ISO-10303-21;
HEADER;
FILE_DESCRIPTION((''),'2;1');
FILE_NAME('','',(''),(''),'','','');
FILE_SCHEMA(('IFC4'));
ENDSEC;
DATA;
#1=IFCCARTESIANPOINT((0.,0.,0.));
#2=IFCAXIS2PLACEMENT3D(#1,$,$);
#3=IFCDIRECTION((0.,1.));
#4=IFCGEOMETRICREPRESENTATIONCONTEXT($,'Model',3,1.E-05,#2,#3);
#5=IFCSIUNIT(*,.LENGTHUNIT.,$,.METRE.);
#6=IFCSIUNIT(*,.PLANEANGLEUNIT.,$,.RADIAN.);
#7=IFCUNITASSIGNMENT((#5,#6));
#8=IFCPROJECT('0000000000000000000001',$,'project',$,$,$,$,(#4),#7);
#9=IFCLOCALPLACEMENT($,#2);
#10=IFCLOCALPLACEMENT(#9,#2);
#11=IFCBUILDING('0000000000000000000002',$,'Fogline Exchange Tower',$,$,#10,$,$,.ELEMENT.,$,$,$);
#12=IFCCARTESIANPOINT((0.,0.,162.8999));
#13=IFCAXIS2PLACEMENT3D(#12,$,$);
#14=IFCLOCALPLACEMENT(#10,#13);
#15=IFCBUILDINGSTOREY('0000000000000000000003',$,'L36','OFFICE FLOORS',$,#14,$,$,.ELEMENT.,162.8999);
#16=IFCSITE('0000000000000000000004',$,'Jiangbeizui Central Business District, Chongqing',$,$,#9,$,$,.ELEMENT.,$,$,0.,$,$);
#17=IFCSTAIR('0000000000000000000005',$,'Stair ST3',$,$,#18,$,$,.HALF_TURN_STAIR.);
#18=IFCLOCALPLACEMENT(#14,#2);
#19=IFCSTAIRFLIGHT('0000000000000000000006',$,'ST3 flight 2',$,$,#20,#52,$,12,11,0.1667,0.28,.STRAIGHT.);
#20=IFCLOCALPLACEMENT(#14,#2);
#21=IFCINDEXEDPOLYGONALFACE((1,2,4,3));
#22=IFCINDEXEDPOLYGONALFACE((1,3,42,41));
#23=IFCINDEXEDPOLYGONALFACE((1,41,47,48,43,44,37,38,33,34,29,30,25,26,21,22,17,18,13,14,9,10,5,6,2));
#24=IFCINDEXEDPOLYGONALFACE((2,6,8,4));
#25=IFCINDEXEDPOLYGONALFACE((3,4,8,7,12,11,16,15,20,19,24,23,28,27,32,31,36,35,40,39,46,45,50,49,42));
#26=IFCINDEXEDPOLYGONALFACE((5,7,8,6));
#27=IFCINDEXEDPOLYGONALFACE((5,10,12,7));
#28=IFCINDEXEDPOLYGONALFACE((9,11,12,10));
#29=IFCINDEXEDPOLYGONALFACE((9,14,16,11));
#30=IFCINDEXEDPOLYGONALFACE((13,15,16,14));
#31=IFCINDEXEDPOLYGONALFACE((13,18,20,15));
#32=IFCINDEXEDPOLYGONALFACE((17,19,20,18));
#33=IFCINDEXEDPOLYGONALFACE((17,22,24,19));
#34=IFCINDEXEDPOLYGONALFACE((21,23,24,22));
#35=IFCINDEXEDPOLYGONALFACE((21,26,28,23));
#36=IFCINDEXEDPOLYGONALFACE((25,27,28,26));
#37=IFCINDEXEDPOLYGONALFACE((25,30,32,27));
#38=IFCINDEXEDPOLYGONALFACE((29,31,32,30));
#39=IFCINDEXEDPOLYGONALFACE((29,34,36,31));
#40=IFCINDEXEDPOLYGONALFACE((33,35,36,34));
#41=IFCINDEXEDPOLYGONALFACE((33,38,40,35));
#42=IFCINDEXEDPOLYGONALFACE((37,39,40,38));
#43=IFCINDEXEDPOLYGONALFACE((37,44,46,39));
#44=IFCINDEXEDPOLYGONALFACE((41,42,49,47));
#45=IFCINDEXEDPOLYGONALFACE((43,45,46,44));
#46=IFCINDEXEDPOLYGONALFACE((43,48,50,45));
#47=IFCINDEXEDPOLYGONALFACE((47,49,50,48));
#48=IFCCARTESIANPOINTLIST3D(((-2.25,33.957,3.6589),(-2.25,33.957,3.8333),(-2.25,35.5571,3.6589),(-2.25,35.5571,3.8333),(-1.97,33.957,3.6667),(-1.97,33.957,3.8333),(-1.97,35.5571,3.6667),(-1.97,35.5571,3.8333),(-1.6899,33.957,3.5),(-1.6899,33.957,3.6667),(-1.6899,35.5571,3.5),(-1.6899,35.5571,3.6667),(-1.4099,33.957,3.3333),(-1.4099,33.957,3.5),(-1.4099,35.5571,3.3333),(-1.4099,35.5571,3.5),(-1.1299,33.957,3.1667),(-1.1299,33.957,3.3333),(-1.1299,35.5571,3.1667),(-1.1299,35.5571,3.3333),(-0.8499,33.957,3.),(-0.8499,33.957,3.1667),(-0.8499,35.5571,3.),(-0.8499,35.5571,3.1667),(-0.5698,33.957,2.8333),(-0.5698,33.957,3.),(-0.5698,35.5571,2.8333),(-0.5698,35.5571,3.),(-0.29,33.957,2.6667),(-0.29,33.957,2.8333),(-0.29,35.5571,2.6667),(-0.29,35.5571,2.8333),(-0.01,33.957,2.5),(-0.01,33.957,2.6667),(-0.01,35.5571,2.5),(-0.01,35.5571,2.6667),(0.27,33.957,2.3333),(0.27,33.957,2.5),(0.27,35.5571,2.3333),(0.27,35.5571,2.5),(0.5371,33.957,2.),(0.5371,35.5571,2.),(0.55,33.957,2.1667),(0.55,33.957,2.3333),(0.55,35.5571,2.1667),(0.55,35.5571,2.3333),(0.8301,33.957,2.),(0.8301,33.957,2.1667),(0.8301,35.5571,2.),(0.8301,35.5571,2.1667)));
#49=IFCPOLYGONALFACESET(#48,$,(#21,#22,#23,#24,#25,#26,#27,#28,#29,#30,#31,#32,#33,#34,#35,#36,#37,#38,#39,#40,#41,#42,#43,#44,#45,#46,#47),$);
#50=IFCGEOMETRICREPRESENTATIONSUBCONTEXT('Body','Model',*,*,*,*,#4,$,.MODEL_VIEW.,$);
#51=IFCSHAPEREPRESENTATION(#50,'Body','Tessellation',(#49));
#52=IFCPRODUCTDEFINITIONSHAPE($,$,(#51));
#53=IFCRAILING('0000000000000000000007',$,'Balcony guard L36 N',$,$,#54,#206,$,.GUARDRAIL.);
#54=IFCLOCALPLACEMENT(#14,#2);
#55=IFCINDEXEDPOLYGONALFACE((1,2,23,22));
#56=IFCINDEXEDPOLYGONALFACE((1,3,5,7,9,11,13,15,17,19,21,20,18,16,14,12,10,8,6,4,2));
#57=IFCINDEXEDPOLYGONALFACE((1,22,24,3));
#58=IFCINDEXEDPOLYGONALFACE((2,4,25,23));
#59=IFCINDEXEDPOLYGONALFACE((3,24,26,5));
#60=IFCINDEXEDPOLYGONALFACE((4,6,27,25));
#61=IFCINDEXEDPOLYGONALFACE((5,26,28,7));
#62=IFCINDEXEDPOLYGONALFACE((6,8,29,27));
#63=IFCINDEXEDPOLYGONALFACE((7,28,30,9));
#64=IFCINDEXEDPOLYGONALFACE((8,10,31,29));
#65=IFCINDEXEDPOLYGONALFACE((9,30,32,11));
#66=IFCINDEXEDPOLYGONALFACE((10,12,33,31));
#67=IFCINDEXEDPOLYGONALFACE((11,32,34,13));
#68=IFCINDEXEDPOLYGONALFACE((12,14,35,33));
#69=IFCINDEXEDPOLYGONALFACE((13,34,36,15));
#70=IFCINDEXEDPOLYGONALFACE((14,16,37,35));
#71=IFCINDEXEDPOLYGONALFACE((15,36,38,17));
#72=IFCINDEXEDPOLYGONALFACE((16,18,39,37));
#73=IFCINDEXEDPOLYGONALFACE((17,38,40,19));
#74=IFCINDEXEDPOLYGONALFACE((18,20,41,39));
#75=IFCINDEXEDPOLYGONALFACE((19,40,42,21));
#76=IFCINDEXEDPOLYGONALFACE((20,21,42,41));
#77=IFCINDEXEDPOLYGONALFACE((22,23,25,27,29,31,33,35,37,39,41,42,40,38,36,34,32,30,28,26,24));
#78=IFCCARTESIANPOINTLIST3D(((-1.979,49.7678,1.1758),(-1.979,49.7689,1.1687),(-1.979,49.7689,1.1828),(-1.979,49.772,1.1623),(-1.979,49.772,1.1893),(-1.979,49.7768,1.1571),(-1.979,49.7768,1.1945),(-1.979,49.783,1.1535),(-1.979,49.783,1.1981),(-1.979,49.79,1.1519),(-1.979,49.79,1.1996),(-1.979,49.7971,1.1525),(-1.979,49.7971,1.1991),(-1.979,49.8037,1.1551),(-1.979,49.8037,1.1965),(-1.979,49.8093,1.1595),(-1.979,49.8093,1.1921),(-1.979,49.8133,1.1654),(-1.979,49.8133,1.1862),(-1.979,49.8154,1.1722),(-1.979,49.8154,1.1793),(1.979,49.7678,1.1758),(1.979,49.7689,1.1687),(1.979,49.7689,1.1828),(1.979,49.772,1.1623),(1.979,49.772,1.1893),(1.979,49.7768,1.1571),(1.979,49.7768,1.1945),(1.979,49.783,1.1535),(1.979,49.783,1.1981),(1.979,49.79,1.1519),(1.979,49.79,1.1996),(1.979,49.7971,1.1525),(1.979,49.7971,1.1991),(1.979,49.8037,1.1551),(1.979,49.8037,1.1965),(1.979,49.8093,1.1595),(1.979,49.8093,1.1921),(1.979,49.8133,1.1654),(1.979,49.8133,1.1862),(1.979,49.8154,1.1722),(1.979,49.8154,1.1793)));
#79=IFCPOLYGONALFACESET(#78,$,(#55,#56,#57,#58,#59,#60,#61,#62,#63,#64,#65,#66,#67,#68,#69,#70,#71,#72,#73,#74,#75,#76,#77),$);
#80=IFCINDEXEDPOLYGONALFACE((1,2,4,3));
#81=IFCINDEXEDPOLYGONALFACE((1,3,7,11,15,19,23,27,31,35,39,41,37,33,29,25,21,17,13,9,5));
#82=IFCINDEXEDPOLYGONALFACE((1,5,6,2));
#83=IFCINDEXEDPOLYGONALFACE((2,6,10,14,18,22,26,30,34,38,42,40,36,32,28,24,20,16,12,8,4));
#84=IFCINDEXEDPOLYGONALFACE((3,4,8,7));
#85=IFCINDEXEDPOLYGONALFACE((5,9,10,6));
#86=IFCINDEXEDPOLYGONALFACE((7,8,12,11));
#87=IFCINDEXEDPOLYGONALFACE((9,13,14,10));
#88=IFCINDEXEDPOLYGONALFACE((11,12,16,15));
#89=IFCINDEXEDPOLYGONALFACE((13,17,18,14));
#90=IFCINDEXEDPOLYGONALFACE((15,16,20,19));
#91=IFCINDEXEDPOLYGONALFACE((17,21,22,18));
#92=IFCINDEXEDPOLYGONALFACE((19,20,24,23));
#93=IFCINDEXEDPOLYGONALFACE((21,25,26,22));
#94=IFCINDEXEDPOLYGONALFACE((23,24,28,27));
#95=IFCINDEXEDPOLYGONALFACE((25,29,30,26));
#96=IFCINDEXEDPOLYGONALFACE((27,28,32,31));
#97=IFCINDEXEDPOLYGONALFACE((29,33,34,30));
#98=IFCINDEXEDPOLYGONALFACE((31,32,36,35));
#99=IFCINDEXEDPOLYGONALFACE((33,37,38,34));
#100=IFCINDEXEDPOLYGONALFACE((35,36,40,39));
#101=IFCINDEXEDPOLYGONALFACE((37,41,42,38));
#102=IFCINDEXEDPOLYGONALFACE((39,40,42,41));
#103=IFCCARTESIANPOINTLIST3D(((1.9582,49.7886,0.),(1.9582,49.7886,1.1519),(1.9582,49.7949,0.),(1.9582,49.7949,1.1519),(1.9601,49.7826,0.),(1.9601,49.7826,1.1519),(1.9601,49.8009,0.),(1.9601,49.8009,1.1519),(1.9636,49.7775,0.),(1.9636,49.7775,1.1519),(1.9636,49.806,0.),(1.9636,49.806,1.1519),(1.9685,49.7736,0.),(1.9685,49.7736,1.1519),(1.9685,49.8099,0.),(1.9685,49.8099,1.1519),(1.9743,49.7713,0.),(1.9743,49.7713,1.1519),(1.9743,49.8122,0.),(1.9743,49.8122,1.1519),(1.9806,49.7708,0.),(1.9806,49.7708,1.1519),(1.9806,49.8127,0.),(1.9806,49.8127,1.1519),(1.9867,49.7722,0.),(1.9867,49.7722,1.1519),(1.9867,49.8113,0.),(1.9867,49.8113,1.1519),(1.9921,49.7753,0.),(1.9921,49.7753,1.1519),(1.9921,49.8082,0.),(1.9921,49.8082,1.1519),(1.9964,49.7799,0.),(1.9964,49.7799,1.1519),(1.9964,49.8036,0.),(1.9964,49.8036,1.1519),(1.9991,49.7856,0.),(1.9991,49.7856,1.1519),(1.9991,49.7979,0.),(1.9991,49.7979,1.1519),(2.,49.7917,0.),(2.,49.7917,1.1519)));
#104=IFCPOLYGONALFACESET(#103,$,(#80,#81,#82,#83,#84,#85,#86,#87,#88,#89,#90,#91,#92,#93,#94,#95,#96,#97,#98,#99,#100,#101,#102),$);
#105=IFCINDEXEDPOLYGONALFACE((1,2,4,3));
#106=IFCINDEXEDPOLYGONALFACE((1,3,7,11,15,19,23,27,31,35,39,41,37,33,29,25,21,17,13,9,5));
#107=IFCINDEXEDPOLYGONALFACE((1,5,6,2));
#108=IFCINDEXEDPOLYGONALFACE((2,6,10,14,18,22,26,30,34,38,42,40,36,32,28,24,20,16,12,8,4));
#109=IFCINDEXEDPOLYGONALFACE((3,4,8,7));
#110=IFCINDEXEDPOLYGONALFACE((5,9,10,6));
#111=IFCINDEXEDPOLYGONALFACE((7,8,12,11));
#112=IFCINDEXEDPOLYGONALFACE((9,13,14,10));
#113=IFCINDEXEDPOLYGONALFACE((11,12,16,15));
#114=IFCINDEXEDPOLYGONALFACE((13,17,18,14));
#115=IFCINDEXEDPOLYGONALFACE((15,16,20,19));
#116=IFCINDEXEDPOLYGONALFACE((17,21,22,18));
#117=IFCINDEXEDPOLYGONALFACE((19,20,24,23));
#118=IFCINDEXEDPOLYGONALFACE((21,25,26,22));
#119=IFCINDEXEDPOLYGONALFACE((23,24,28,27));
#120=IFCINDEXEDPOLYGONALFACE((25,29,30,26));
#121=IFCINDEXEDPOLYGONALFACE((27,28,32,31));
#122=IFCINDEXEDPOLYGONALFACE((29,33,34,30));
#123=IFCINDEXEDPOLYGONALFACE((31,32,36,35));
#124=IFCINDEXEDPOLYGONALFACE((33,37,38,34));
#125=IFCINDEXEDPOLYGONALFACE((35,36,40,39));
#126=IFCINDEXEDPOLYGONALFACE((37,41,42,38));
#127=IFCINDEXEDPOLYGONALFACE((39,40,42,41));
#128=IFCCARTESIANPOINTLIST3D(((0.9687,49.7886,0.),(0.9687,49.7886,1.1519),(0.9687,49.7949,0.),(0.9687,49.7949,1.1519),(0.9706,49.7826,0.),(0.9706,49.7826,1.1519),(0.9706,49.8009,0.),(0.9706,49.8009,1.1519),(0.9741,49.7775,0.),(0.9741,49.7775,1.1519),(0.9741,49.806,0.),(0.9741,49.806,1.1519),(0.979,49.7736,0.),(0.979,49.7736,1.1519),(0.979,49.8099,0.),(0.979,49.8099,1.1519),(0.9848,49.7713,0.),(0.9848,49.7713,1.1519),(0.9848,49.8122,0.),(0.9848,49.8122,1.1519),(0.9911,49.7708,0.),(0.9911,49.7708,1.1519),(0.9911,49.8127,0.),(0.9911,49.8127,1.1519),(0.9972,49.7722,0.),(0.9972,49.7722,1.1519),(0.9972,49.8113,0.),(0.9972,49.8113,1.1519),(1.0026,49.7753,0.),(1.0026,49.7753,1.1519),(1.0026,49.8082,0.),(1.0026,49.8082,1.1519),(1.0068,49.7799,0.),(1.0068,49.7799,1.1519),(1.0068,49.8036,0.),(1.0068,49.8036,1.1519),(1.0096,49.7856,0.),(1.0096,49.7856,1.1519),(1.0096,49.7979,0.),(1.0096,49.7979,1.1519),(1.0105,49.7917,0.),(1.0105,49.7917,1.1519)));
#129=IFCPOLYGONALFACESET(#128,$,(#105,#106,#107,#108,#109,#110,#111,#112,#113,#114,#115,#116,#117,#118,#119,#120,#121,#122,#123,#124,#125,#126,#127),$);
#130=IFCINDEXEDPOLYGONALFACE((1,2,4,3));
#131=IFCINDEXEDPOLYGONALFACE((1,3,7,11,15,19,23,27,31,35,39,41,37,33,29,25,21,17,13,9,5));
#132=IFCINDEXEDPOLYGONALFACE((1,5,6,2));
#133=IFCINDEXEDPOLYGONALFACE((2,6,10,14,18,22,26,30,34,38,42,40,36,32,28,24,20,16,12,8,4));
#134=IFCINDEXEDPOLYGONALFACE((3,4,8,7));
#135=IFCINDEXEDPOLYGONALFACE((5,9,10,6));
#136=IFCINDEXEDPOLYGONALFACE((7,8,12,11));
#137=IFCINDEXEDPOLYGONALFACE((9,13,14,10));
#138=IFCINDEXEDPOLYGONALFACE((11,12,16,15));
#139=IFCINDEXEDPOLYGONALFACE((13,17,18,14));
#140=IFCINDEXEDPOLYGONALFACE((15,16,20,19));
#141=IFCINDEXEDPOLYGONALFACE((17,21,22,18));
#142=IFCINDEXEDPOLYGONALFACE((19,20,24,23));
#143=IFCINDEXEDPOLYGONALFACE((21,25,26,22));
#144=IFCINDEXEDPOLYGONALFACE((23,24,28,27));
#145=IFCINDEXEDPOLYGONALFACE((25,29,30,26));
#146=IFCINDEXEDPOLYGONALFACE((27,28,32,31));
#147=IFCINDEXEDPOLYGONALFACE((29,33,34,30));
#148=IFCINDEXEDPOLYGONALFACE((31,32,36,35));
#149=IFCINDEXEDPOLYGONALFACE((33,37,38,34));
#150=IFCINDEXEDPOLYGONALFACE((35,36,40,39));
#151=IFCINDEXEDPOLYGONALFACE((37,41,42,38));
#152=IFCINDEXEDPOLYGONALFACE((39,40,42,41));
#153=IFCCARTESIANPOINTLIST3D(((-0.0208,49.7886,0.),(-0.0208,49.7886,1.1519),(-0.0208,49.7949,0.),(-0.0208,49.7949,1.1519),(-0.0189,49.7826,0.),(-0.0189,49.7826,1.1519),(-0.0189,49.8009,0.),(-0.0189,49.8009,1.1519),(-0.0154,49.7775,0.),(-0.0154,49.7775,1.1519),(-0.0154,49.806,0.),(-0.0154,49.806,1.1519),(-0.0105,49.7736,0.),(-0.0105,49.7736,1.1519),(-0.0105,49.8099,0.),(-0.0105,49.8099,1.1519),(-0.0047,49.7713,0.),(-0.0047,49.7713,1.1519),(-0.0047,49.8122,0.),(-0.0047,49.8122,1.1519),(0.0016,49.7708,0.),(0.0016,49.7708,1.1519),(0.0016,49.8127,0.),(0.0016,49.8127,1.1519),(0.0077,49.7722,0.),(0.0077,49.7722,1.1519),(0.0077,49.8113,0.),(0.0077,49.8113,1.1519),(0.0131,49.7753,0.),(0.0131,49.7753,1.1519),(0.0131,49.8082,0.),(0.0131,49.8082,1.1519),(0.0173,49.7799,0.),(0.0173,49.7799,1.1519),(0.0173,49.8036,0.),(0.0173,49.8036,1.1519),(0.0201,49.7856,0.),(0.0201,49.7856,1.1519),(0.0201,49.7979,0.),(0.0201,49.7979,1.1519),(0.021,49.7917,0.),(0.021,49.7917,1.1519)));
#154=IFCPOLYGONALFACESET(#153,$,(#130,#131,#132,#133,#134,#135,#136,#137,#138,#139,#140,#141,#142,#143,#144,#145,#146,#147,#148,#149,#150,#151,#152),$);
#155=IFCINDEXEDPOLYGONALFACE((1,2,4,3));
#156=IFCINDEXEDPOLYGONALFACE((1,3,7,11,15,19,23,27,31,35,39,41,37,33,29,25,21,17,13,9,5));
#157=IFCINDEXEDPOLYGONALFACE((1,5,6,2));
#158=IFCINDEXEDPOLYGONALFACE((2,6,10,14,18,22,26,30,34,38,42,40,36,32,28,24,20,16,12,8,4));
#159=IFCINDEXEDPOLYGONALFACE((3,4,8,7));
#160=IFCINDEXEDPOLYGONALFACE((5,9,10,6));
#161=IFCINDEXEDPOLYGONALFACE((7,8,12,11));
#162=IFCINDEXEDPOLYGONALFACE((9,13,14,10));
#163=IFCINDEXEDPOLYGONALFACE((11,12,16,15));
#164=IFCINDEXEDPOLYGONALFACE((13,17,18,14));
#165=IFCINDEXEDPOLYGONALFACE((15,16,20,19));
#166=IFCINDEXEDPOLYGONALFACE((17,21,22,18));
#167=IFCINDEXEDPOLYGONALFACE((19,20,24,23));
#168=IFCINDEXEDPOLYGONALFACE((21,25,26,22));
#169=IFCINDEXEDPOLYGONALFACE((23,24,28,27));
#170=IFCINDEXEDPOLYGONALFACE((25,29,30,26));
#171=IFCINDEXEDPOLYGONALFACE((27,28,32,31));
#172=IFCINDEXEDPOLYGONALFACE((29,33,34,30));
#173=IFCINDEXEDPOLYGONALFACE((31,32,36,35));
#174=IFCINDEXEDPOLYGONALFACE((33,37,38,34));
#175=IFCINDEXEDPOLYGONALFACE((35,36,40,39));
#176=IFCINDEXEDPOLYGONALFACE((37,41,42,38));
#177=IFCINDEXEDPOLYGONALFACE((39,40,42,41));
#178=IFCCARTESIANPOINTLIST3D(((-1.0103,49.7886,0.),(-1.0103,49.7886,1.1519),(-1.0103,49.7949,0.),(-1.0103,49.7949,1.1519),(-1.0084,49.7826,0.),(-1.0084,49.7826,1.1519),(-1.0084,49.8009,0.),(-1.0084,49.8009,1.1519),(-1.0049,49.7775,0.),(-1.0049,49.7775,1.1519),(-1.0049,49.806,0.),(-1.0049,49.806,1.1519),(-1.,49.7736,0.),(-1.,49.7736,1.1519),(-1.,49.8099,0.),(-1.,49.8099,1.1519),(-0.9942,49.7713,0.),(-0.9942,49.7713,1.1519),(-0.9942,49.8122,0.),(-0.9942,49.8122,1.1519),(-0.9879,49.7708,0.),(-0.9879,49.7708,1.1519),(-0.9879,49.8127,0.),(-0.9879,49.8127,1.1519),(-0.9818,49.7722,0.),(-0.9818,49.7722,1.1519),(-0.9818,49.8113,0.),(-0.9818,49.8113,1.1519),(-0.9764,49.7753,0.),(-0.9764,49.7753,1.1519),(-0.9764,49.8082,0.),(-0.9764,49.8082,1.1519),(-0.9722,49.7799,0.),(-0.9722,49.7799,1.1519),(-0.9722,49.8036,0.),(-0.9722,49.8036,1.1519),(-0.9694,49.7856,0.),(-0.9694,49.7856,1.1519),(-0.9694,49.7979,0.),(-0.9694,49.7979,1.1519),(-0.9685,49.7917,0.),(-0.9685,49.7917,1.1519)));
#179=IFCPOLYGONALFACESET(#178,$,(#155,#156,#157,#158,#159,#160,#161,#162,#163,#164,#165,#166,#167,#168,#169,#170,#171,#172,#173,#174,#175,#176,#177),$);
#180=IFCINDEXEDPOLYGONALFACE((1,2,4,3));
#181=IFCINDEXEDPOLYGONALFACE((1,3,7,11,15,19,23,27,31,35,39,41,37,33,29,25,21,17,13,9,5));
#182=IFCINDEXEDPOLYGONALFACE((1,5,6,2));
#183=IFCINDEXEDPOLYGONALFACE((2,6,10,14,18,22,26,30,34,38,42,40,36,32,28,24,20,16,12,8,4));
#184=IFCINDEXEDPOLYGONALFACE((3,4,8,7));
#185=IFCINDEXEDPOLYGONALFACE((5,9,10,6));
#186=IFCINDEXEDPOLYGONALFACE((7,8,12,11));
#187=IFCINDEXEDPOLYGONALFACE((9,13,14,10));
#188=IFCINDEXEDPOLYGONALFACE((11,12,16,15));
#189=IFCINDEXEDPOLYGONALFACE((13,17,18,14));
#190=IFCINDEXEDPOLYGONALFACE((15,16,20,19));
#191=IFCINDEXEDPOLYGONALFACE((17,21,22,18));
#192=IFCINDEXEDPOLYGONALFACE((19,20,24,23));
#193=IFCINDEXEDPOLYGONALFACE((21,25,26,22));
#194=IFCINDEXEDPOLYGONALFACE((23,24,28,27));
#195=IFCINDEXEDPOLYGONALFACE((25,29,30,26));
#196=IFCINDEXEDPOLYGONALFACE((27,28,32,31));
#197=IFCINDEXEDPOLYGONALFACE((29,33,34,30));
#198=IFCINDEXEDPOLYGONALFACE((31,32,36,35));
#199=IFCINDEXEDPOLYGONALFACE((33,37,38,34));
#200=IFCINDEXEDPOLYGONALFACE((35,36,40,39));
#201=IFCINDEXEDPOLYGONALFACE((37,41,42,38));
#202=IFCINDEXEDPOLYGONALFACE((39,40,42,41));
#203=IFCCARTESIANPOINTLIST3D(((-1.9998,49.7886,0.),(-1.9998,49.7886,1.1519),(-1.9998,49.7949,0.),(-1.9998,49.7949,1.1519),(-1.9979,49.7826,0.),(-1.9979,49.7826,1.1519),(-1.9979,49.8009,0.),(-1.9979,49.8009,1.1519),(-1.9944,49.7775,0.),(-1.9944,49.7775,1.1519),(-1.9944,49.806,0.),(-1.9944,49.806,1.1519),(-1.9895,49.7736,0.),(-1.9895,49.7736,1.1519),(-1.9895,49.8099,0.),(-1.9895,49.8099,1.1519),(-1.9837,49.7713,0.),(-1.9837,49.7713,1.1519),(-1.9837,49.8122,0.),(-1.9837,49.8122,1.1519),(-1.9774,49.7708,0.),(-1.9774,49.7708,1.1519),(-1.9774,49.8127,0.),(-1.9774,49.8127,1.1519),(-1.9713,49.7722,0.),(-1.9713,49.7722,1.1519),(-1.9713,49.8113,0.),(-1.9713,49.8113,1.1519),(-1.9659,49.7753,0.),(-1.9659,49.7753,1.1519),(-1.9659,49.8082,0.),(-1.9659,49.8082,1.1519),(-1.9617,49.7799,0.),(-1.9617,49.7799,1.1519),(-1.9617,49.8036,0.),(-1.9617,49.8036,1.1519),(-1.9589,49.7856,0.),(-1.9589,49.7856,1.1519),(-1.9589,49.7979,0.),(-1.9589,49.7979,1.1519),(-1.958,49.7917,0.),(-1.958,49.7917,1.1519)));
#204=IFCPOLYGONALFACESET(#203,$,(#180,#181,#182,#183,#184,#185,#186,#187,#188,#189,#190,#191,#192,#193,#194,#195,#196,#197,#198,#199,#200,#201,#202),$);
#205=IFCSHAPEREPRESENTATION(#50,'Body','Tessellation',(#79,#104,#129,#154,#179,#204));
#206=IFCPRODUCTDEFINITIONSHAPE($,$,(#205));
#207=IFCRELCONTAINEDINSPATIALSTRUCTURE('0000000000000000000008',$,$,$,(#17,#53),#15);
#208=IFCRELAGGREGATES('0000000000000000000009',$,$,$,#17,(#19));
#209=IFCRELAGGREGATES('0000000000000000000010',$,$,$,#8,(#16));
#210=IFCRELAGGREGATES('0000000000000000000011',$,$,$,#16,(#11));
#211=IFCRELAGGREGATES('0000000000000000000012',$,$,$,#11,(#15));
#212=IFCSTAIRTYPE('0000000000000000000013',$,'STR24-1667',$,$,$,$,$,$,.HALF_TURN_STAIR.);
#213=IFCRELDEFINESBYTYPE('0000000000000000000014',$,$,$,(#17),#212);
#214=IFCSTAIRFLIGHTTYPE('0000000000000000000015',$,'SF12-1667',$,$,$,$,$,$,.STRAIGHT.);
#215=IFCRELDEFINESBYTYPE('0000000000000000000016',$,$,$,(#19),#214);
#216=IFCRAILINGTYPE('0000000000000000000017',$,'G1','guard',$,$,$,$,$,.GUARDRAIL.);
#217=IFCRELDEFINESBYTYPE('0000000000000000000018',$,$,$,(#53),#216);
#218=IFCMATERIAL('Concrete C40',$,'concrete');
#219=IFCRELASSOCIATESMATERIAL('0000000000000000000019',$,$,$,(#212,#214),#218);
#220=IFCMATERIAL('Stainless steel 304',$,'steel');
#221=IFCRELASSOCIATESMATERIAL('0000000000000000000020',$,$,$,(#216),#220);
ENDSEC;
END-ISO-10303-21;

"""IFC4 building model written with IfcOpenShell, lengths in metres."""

from ifc_helpers import new_model, si_unit, direction, frame, origin, origin_2d, place, context, subcontext, project, spatial, polyline, circle, outline, extrude, material, type_object, element, aggregate, save


model = new_model("IFC4")

# Units and contexts
model_context = context("Model", 3, precision=1e-05, world=origin(), true_north=direction((0.0, 1.0)))
body_context = subcontext(model_context, "Body", "Model", "MODEL_VIEW")
ifc_project = project(units=[si_unit("LENGTHUNIT", "METRE"), si_unit("PLANEANGLEUNIT", "RADIAN")], contexts=[model_context])

# Site, building, storey
site_placement = place(None, origin())
site = spatial("IfcSite", under=ifc_project, at=site_placement, Name="Jiangbeizui Central Business District, Chongqing", CompositionType="ELEMENT", RefElevation=0.0)
building_placement = place(site_placement, origin())
building = spatial("IfcBuilding", under=site, at=building_placement, Name="Fogline Exchange Tower", CompositionType="ELEMENT")
storey_placement = place(building_placement, frame((0.0, 0.0, 162.8999)))
storey = spatial("IfcBuildingStorey", under=building, at=storey_placement, Name="L36", Description="OFFICE FLOORS", CompositionType="ELEMENT", Elevation=162.8999)

# Shared definitions
ifc_material_1 = material(Name="Concrete C40", Category="concrete")

# Stair, stair flight
stair_type = type_object("IfcStairType", Name="STR24-1667", PredefinedType="HALF_TURN_STAIR", material=ifc_material_1)
stair_placement = place(storey_placement, origin())
stair = element("IfcStair", 1, at=stair_placement, inside=storey, type_object=stair_type, Name="Stair ST3", PredefinedType="HALF_TURN_STAIR")
stair_flight_type = type_object("IfcStairFlightType", Name="SF12-1667", PredefinedType="STRAIGHT", material=ifc_material_1)
stair_flight_placement = place(storey_placement, frame((0.8301, 34.7571, 2.0), z_axis=(0.0, 0.0, 1.0), x_axis=(-1.0, 0.0, 0.0)))
stair_flight = element("IfcStairFlight", 2, at=stair_flight_placement, type_object=stair_flight_type, Name="ST3 flight 2", NumberOfRisers=12, NumberOfTreads=11, PredefinedType="STRAIGHT", RiserHeight=0.1667, TreadLength=0.28, context=body_context, shape_type="SweptSolid", body=[
    extrude(outline(polyline([(0.0, 0.0), (0.0, 0.1667), (0.28, 0.1667), (0.28, 0.3333), (0.5601, 0.3333), (0.5601, 0.5), (0.8401, 0.5), (0.8401, 0.6667), (1.1201, 0.6667), (1.1201, 0.8333), (1.3999, 0.8333), (1.3999, 1.0), (1.6799, 1.0), (1.6799, 1.1667), (1.96, 1.1667), (1.96, 1.3333), (2.24, 1.3333), (2.24, 1.5), (2.52, 1.5), (2.52, 1.6667), (2.8, 1.6667), (2.8, 1.8333), (3.0801, 1.8333), (3.0801, 2.0), (3.0801, 1.6589), (0.293, 0.0), (0.0, 0.0)])), frame((0.0, 0.8, 0.0), z_axis=(0.0, -1.0, 0.0), x_axis=(1.0, 0.0, 0.0)), (0.0, 0.0, 1.0), 1.6001),
])
aggregate(stair, [stair_flight])

# Railing
ifc_material_2 = material(Name="Stainless steel 304", Category="steel")
railing_type = type_object("IfcRailingType", Name="G1", Description="guard", PredefinedType="GUARDRAIL", material=ifc_material_2)
railing_placement = place(storey_placement, frame((1.979, 49.7917, 0.0)))
element("IfcRailing", 3, at=railing_placement, inside=storey, type_object=railing_type, Name="Balcony guard L36 N", PredefinedType="GUARDRAIL", context=body_context, shape_type="SweptSolid", body=[
    extrude(circle(Radius=0.0239, at=origin_2d()), frame((0.0, 0.0, 1.1758), z_axis=(-1.0, 0.0, 0.0), x_axis=(0.0, -1.0, 0.0)), (0.0, 0.0, 1.0), 3.958),
    extrude(circle(Radius=0.021, at=origin_2d()), origin(), (0.0, 0.0, 1.0), 1.1519),
    extrude(circle(Radius=0.021, at=origin_2d()), frame((-0.9895, 0.0, 0.0)), (0.0, 0.0, 1.0), 1.1519),
    extrude(circle(Radius=0.021, at=origin_2d()), frame((-1.979, 0.0, 0.0)), (0.0, 0.0, 1.0), 1.1519),
    extrude(circle(Radius=0.021, at=origin_2d()), frame((-2.9685, 0.0, 0.0)), (0.0, 0.0, 1.0), 1.1519),
    extrude(circle(Radius=0.021, at=origin_2d()), frame((-3.958, 0.0, 0.0)), (0.0, 0.0, 1.0), 1.1519),
])

save(model, "model.ifc")
